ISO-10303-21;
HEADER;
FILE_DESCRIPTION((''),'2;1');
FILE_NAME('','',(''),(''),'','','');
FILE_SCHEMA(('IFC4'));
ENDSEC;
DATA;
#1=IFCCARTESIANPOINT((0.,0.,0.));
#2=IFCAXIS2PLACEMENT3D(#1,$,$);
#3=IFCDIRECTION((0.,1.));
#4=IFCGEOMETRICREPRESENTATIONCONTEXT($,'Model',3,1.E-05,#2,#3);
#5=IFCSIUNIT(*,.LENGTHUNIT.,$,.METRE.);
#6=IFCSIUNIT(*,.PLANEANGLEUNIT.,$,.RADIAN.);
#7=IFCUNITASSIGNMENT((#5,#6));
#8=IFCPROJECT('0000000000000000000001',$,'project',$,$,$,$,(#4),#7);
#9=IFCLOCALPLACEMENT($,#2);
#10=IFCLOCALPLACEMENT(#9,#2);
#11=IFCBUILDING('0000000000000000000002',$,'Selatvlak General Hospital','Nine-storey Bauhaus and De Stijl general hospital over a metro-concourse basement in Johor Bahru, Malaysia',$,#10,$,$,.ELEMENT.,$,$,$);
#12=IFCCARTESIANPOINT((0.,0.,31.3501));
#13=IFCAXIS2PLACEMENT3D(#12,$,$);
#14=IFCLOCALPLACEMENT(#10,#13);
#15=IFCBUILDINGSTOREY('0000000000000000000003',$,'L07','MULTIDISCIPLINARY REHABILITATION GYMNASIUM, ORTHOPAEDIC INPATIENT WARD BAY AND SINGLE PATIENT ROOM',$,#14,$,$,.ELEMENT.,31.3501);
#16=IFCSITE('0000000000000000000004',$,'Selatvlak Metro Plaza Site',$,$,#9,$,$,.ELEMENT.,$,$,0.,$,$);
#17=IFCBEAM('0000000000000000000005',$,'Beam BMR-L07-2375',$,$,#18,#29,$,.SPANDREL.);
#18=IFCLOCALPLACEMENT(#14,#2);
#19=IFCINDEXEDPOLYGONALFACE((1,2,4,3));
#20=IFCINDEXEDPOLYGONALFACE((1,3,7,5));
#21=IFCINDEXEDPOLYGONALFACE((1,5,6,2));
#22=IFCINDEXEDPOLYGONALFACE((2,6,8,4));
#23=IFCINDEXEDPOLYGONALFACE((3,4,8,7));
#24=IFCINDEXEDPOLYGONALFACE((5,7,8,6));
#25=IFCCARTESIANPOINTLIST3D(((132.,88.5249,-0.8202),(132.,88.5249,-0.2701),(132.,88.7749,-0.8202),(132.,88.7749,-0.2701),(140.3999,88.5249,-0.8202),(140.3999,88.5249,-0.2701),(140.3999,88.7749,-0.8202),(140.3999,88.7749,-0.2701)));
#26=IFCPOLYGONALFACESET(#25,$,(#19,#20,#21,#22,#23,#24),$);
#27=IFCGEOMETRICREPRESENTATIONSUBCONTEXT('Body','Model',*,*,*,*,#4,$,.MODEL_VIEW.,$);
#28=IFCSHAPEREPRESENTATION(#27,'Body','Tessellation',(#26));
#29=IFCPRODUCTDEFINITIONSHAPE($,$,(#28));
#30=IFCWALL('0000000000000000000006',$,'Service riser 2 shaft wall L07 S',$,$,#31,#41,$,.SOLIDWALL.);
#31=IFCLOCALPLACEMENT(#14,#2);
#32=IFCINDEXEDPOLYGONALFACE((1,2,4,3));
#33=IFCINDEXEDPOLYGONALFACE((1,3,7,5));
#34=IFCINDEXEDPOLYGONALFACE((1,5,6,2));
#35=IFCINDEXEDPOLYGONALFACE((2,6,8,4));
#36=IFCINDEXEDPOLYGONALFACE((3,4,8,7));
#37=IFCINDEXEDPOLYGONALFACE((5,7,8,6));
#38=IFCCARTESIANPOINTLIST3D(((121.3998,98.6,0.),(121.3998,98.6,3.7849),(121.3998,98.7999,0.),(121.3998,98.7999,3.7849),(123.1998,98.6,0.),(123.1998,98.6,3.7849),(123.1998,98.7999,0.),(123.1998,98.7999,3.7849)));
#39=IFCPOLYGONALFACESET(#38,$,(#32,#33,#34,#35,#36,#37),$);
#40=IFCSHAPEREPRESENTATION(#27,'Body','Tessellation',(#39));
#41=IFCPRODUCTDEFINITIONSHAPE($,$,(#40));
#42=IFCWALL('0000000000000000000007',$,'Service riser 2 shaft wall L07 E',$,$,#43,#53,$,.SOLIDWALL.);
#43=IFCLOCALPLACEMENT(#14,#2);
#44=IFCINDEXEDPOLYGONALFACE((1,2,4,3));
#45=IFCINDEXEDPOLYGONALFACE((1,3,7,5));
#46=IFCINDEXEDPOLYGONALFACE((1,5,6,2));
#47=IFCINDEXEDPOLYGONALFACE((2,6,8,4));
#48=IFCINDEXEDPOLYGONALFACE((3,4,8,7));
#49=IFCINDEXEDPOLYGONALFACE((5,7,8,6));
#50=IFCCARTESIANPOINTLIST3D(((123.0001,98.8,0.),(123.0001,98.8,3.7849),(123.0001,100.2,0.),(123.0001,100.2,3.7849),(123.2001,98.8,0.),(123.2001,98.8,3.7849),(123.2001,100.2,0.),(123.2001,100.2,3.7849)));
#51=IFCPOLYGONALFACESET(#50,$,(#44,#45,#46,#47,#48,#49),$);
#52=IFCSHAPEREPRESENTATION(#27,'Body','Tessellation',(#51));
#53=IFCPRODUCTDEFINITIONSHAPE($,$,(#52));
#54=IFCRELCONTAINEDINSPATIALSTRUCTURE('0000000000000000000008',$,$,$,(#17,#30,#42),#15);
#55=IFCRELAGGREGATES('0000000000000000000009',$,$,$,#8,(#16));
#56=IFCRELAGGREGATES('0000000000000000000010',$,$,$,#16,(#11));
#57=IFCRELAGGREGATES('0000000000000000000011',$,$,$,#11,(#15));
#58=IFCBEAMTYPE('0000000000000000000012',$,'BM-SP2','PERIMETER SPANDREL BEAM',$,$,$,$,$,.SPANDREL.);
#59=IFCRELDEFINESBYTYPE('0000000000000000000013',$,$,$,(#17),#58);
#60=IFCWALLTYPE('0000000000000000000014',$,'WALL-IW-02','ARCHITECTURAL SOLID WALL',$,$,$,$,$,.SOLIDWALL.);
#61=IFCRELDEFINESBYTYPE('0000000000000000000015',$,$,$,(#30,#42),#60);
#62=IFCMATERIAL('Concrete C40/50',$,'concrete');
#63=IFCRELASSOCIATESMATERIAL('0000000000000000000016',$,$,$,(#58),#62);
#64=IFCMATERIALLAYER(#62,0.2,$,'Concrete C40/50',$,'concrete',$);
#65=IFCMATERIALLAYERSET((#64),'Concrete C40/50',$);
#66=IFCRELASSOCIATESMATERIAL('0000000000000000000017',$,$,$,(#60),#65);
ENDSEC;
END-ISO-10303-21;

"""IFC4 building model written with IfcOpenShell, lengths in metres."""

from ifc_helpers import new_model, si_unit, direction, frame, frame_2d, origin, origin_2d, place, context, subcontext, project, spatial, rectangle, extrude, material, layer, layer_set, material_profile, profile_set, type_object, element, save


model = new_model("IFC4")

# Units and contexts
model_context = context("Model", 3, precision=1e-05, world=origin(), true_north=direction((0.0, 1.0)))
body_context = subcontext(model_context, "Body", "Model", "MODEL_VIEW")
ifc_project = project(units=[si_unit("LENGTHUNIT", "METRE"), si_unit("PLANEANGLEUNIT", "RADIAN")], contexts=[model_context])

# Site, building, storey
site_placement = place(None, origin())
site = spatial("IfcSite", under=ifc_project, at=site_placement, Name="Selatvlak Metro Plaza Site", CompositionType="ELEMENT", RefElevation=0.0)
building_placement = place(site_placement, origin())
building = spatial("IfcBuilding", under=site, at=building_placement, Name="Selatvlak General Hospital", Description="Nine-storey Bauhaus and De Stijl general hospital over a metro-concourse basement in Johor Bahru, Malaysia", CompositionType="ELEMENT")
storey_placement = place(building_placement, frame((0.0, 0.0, 31.3501)))
storey = spatial("IfcBuildingStorey", under=building, at=storey_placement, Name="L07", Description="MULTIDISCIPLINARY REHABILITATION GYMNASIUM, ORTHOPAEDIC INPATIENT WARD BAY AND SINGLE PATIENT ROOM", CompositionType="ELEMENT", Elevation=31.3501)

# Shared definitions
ifc_material = material(Name="Concrete C40/50", Category="concrete")

# Beam
ifc_material_profile_1 = material_profile(ifc_material, rectangle(XDim=0.25, YDim=0.55, at=origin_2d()), Name="RC-SP 250x550")
ifc_profile_set_1 = profile_set([ifc_material_profile_1], Name="Concrete C40/50")
beam_type_1 = type_object("IfcBeamType", Name="BM-SP2", Description="PERIMETER SPANDREL BEAM", PredefinedType="SPANDREL", material=ifc_profile_set_1)
for number, where, z_axis, x_axis, name in (
    (1, (132.0, 88.6499, -0.5452), (1.0, 0.0, 0.0), (0.0, 1.0, 0.0), "Beam BMR-L07-2375"),
):
    element("IfcBeam", number, at=place(storey_placement, frame(where, z_axis=z_axis, x_axis=x_axis)), inside=storey, type_object=beam_type_1, Name=name, PredefinedType="SPANDREL", context=body_context, shape_type="SweptSolid", body=[
        extrude(rectangle(XDim=0.25, YDim=0.55, at=origin_2d()), origin(), (0.0, 0.0, 1.0), 8.3999),
    ])

# Walls
ifc_layer = layer(ifc_material, 0.2, Name="Concrete C40/50", Category="concrete")
ifc_layer_set = layer_set([ifc_layer], Name="Concrete C40/50")
wall_type = type_object("IfcWallType", Name="WALL-IW-02", Description="ARCHITECTURAL SOLID WALL", PredefinedType="SOLIDWALL", material=ifc_layer_set)
wall_1_placement = place(storey_placement, frame((121.3999, 98.7, 0.0), z_axis=(0.0, 0.0, 1.0), x_axis=(1.0, 0.0, 0.0)))
element("IfcWall", 2, at=wall_1_placement, inside=storey, type_object=wall_type, Name="Service riser 2 shaft wall L07 S", PredefinedType="SOLIDWALL", context=body_context, shape_type="SweptSolid", body=[
    extrude(rectangle(XDim=1.8, YDim=0.2, at=frame_2d((0.8999, 0.0))), origin(), (0.0, 0.0, 1.0), 3.7849),
])
wall_2_placement = place(storey_placement, frame((123.1001, 98.8, 0.0), z_axis=(0.0, 0.0, 1.0), x_axis=(0.0, 1.0, 0.0)))
element("IfcWall", 3, at=wall_2_placement, inside=storey, type_object=wall_type, Name="Service riser 2 shaft wall L07 E", PredefinedType="SOLIDWALL", context=body_context, shape_type="SweptSolid", body=[
    extrude(rectangle(XDim=1.3999, YDim=0.2, at=frame_2d((0.7, 0.0))), origin(), (0.0, 0.0, 1.0), 3.7849),
])

save(model, "model.ifc")
